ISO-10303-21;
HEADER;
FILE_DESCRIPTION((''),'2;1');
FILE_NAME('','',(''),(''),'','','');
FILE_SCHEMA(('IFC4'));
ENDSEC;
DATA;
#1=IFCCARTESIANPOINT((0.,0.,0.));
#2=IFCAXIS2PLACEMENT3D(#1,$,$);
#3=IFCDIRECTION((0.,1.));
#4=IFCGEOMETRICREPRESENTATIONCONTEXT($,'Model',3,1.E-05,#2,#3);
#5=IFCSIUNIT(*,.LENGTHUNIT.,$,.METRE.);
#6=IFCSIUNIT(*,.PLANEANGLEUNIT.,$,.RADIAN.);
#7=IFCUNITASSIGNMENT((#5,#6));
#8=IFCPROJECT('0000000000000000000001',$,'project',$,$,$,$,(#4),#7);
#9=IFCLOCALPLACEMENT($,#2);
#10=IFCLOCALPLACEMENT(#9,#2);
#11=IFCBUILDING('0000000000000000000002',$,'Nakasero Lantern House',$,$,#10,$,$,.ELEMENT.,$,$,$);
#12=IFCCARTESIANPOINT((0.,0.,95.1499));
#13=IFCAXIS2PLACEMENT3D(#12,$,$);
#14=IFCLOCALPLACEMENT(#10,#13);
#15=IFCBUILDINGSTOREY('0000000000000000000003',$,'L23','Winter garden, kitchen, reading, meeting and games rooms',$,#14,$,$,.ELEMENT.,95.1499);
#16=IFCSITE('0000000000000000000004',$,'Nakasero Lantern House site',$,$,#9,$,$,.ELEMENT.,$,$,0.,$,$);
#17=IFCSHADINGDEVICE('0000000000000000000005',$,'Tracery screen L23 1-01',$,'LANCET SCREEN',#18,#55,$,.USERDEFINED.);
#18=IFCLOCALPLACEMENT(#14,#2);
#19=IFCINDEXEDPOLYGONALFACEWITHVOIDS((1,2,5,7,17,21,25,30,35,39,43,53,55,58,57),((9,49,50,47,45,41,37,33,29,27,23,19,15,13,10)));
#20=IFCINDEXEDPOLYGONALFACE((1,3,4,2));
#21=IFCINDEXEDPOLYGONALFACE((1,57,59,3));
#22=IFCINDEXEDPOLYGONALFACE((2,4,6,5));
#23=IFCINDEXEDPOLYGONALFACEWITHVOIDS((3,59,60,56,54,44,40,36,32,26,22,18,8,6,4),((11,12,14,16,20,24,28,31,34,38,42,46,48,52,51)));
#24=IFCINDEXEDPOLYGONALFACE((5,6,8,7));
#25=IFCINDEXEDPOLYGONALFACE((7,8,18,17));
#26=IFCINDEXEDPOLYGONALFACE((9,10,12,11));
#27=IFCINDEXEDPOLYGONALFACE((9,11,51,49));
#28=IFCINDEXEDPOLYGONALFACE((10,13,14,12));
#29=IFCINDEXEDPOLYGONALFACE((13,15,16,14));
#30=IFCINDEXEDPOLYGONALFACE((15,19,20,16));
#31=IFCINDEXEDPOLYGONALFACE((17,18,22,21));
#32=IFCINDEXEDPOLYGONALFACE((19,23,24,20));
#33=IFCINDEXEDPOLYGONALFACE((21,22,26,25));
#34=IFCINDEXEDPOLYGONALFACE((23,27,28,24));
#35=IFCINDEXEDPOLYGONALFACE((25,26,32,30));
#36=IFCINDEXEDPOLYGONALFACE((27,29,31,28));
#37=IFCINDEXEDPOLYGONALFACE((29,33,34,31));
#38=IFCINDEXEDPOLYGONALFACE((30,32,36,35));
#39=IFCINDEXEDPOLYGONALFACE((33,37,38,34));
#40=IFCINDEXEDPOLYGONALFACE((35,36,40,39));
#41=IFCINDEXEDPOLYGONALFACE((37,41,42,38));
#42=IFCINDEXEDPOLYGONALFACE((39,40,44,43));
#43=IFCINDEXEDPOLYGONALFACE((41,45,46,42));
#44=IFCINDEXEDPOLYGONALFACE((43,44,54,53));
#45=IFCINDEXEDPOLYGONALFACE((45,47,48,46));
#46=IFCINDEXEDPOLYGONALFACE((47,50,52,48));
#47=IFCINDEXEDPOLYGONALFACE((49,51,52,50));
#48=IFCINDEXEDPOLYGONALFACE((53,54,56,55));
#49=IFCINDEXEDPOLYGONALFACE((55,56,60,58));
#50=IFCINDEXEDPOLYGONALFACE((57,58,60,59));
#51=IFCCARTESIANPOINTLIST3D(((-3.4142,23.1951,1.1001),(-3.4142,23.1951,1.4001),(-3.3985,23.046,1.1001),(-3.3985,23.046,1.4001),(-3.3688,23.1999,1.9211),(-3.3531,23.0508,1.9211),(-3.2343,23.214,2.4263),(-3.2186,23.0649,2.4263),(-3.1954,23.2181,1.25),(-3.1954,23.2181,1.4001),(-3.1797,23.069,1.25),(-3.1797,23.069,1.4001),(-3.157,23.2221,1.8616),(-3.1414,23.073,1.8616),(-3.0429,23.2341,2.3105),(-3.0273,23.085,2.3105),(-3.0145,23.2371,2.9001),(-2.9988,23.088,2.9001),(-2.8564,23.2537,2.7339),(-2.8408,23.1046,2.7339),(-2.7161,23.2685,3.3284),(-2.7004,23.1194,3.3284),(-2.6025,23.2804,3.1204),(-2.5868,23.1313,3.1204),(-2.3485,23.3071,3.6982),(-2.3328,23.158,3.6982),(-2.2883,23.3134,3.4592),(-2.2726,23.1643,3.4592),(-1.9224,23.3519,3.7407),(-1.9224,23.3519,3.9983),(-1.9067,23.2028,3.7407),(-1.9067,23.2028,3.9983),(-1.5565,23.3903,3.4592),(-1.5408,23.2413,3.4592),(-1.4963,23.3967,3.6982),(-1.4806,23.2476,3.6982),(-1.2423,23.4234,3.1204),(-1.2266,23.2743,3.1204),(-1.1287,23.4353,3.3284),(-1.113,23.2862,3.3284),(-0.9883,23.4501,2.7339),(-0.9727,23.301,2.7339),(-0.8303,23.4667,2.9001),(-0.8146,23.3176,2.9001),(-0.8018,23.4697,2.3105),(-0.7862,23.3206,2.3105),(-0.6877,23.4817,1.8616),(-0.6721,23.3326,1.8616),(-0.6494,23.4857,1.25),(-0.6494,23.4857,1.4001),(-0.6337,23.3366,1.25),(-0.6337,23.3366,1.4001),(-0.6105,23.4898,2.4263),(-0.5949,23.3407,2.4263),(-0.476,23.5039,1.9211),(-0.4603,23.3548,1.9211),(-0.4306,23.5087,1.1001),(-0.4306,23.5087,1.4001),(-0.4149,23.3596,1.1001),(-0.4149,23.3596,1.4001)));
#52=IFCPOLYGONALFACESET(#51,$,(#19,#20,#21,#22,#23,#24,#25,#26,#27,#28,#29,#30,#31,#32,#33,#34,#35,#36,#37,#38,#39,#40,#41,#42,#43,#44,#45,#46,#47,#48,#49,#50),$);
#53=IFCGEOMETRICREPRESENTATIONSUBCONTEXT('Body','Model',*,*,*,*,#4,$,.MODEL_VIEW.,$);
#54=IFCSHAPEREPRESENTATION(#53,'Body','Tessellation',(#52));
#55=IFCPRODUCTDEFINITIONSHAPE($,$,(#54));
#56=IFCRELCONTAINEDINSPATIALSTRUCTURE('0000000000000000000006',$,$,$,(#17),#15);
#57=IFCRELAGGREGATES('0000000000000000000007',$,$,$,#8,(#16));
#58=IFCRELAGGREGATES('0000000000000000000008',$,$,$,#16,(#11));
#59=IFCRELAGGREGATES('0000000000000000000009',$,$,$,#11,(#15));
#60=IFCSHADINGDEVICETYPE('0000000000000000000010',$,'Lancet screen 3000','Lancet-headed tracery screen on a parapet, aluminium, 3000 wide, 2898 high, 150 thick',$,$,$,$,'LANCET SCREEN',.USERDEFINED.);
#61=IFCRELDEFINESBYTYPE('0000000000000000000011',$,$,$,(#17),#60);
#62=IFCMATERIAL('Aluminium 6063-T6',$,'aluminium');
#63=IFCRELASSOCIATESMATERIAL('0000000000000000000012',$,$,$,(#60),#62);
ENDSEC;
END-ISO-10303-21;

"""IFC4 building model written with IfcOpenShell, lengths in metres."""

from ifc_helpers import new_model, si_unit, direction, frame, origin, place, context, subcontext, project, spatial, polyline, outline, extrude, material, type_object, element, save


model = new_model("IFC4")

# Units and contexts
model_context = context("Model", 3, precision=1e-05, world=origin(), true_north=direction((0.0, 1.0)))
body_context = subcontext(model_context, "Body", "Model", "MODEL_VIEW")
ifc_project = project(units=[si_unit("LENGTHUNIT", "METRE"), si_unit("PLANEANGLEUNIT", "RADIAN")], contexts=[model_context])

# Site, building, storey
site_placement = place(None, origin())
site = spatial("IfcSite", under=ifc_project, at=site_placement, Name="Nakasero Lantern House site", CompositionType="ELEMENT", RefElevation=0.0)
building_placement = place(site_placement, origin())
building = spatial("IfcBuilding", under=site, at=building_placement, Name="Nakasero Lantern House", CompositionType="ELEMENT")
storey_placement = place(building_placement, frame((0.0, 0.0, 95.1499)))
storey = spatial("IfcBuildingStorey", under=building, at=storey_placement, Name="L23", Description="Winter garden, kitchen, reading, meeting and games rooms", CompositionType="ELEMENT", Elevation=95.1499)

# Shading device
ifc_material_1 = material(Name="Aluminium 6063-T6", Category="aluminium")
shading_device_type = type_object("IfcShadingDeviceType", Name="Lancet screen 3000", Description="Lancet-headed tracery screen on a parapet, aluminium, 3000 wide, 2898 high, 150 thick", ElementType="LANCET SCREEN", PredefinedType="USERDEFINED", material=ifc_material_1)
shading_device_placement = place(storey_placement, frame((-1.9146, 23.2773, 1.1001), z_axis=(0.0, 0.0, 1.0), x_axis=(-0.994522, -0.104528, 0.0)))
element("IfcShadingDevice", 1, at=shading_device_placement, inside=storey, type_object=shading_device_type, Name="Tracery screen L23 1-01", ObjectType="LANCET SCREEN", PredefinedType="USERDEFINED", context=body_context, shape_type="SweptSolid", body=[
    extrude(outline(polyline([(-1.5, 0.0), (1.5, 0.0), (1.5, 0.3), (1.4543, 0.821), (1.3191, 1.3262), (1.0981, 1.8), (0.7981, 2.2283), (0.4285, 2.5981), (0.0, 2.8982), (-0.4285, 2.5981), (-0.7981, 2.2283), (-1.0981, 1.8), (-1.3191, 1.3262), (-1.4543, 0.821), (-1.5, 0.3), (-1.5, 0.0)]), holes=[polyline([(-1.28, 0.1499), (1.28, 0.1499), (1.28, 0.3), (1.2415, 0.7615), (1.1267, 1.2104), (0.9392, 1.6338), (0.6838, 2.0203), (0.3679, 2.3591), (0.0, 2.6406), (-0.3679, 2.3591), (-0.6838, 2.0203), (-0.9392, 1.6338), (-1.1267, 1.2104), (-1.2415, 0.7615), (-1.28, 0.3), (-1.28, 0.1499)])]), frame((0.0, 0.075, 0.0), z_axis=(0.0, -1.0, 0.0), x_axis=(1.0, 0.0, 0.0)), (0.0, 0.0, 1.0), 0.1499),
])

save(model, "model.ifc")
